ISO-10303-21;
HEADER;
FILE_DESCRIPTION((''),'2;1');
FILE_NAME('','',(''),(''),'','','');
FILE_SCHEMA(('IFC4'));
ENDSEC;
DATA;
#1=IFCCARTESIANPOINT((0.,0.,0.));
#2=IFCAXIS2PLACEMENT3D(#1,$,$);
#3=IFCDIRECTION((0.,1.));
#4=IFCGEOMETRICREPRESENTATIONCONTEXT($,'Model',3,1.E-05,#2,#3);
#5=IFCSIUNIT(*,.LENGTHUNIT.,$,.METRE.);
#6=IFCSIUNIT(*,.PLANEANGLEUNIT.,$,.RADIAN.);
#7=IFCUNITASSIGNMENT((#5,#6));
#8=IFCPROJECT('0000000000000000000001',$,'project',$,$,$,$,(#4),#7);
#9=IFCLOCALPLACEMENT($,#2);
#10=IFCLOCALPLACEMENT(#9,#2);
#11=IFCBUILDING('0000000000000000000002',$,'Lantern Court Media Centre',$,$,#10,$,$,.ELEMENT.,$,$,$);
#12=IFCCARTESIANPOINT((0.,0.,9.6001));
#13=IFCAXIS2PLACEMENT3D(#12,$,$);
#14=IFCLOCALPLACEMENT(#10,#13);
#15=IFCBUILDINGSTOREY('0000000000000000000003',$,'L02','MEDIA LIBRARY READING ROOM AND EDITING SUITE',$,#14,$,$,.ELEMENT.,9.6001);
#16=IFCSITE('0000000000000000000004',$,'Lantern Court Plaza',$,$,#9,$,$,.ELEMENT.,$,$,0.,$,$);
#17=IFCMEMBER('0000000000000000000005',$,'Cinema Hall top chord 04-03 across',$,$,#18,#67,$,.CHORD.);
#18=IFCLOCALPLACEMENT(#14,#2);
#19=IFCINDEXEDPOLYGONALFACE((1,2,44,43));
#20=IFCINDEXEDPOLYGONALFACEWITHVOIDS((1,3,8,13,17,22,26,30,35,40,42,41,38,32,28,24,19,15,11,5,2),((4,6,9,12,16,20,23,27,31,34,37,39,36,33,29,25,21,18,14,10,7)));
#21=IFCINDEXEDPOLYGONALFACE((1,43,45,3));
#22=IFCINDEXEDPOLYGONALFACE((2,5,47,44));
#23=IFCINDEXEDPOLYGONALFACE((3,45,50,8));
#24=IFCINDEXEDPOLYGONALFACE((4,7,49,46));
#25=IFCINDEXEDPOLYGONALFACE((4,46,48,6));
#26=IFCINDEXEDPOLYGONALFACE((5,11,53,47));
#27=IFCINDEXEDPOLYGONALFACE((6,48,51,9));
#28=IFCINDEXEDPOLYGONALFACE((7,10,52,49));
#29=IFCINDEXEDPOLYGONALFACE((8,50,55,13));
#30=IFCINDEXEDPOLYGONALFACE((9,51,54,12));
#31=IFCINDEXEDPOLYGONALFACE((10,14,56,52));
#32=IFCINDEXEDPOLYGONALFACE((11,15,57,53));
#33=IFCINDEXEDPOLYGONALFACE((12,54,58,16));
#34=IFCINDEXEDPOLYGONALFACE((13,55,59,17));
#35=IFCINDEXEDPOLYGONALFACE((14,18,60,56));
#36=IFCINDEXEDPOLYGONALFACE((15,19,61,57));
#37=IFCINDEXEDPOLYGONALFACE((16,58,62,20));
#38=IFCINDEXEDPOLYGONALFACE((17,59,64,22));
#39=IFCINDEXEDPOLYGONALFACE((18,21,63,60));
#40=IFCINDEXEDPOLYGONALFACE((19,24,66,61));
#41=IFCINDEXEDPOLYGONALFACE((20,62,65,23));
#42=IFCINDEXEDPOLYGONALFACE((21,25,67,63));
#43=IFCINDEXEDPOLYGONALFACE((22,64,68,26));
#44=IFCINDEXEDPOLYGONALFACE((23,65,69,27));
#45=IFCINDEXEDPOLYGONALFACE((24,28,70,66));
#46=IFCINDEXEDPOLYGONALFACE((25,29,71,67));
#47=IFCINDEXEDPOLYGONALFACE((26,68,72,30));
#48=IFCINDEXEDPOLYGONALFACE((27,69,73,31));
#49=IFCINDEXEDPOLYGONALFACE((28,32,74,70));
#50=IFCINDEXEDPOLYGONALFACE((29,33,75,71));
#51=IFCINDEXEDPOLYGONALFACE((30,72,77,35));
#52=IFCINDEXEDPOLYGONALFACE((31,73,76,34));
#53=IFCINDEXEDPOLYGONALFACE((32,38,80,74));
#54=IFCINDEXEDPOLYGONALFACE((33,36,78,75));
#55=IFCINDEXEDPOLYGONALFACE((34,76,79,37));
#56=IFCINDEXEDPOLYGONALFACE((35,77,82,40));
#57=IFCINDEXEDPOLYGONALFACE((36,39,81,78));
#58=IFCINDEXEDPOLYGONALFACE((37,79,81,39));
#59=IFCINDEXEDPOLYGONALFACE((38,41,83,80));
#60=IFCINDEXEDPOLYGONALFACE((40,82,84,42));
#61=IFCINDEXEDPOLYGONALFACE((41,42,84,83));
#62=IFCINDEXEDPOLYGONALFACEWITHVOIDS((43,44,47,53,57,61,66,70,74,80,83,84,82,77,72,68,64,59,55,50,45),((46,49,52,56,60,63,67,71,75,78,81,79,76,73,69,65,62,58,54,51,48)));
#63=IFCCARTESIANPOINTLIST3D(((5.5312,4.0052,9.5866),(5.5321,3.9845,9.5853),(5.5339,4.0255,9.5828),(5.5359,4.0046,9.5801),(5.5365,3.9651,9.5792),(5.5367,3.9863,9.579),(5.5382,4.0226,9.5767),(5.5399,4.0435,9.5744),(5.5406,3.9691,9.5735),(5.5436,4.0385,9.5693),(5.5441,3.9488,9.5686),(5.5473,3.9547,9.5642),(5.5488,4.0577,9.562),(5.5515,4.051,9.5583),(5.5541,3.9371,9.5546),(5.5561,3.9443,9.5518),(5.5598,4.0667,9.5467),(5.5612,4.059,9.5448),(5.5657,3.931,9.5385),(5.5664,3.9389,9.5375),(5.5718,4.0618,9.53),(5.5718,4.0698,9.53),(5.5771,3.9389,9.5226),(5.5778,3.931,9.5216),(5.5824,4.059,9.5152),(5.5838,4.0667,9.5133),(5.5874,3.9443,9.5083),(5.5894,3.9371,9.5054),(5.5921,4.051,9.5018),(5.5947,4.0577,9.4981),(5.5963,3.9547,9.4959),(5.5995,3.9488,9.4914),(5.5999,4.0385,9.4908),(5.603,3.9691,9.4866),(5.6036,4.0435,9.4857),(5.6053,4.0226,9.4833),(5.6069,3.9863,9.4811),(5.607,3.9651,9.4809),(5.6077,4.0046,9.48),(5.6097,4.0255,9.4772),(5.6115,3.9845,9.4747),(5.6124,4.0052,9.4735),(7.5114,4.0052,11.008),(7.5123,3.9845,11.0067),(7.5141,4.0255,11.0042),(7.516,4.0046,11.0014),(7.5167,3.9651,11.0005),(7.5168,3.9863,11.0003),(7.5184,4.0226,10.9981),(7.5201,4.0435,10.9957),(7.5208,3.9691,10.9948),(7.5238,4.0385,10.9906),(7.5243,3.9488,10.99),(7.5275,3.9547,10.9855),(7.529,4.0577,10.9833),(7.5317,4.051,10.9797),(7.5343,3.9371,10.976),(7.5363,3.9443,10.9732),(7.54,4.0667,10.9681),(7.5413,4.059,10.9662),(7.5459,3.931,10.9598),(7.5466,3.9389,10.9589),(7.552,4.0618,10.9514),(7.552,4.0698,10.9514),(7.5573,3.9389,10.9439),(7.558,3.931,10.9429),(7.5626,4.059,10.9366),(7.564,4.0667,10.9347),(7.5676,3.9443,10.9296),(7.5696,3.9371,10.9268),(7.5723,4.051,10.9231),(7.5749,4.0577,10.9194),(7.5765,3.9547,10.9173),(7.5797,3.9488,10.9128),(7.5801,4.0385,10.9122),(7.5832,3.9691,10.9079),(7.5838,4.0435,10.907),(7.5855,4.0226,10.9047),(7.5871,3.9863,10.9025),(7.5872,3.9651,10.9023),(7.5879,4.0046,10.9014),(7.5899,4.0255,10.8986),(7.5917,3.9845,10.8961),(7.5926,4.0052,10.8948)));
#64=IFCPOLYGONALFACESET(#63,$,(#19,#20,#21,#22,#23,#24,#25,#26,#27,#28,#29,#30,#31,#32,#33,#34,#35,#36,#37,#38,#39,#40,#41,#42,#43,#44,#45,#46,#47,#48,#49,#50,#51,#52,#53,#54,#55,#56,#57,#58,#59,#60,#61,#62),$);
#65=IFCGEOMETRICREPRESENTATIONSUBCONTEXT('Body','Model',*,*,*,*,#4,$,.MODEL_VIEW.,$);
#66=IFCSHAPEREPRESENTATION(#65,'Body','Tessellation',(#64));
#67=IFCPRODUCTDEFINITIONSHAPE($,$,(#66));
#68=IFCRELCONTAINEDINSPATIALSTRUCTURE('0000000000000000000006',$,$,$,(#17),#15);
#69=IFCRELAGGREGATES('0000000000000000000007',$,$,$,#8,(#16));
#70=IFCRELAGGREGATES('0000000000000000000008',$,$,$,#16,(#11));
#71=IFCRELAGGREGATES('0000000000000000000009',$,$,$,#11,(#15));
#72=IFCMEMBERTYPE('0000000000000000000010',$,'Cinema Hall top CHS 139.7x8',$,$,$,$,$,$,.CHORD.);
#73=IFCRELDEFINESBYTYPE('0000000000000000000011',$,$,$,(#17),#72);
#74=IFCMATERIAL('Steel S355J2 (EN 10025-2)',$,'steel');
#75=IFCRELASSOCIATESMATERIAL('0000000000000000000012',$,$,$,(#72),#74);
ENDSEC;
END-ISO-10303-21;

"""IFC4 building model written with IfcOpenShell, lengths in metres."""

from ifc_helpers import new_model, si_unit, direction, frame, origin, origin_2d, place, context, subcontext, project, spatial, hollow_circle, extrude, material, material_profile, profile_set, type_object, element, save


model = new_model("IFC4")

# Units and contexts
model_context = context("Model", 3, precision=1e-05, world=origin(), true_north=direction((0.0, 1.0)))
body_context = subcontext(model_context, "Body", "Model", "MODEL_VIEW")
ifc_project = project(units=[si_unit("LENGTHUNIT", "METRE"), si_unit("PLANEANGLEUNIT", "RADIAN")], contexts=[model_context])

# Site, building, storey
site_placement = place(None, origin())
site = spatial("IfcSite", under=ifc_project, at=site_placement, Name="Lantern Court Plaza", CompositionType="ELEMENT", RefElevation=0.0)
building_placement = place(site_placement, origin())
building = spatial("IfcBuilding", under=site, at=building_placement, Name="Lantern Court Media Centre", CompositionType="ELEMENT")
storey_placement = place(building_placement, frame((0.0, 0.0, 9.6001)))
storey = spatial("IfcBuildingStorey", under=building, at=storey_placement, Name="L02", Description="MEDIA LIBRARY READING ROOM AND EDITING SUITE", CompositionType="ELEMENT", Elevation=9.6001)

# Member
ifc_material = material(Name="Steel S355J2 (EN 10025-2)", Category="steel")
ifc_material_profile_1 = material_profile(ifc_material, hollow_circle(Radius=0.0698, WallThickness=0.0081, at=origin_2d()), Name="Cinema Hall top CHS 139.7x8")
ifc_profile_set_1 = profile_set([ifc_material_profile_1], Name="Steel S355J2 (EN 10025-2)")
member_type_1 = type_object("IfcMemberType", Name="Cinema Hall top CHS 139.7x8", PredefinedType="CHORD", material=ifc_profile_set_1)
for number, where, z_axis, x_axis, name in (
    (1, (5.5718, 4.0, 9.53), (0.812385, 0.0, 0.583122), (0.0, 1.0, 0.0), "Cinema Hall top chord 04-03 across"),
):
    element("IfcMember", number, at=place(storey_placement, frame(where, z_axis=z_axis, x_axis=x_axis)), inside=storey, type_object=member_type_1, Name=name, PredefinedType="CHORD", context=body_context, shape_type="SweptSolid", body=[
        extrude(hollow_circle(Radius=0.0698, WallThickness=0.0081, at=origin_2d()), origin(), (0.0, 0.0, 1.0), 2.4375),
    ])

save(model, "model.ifc")
